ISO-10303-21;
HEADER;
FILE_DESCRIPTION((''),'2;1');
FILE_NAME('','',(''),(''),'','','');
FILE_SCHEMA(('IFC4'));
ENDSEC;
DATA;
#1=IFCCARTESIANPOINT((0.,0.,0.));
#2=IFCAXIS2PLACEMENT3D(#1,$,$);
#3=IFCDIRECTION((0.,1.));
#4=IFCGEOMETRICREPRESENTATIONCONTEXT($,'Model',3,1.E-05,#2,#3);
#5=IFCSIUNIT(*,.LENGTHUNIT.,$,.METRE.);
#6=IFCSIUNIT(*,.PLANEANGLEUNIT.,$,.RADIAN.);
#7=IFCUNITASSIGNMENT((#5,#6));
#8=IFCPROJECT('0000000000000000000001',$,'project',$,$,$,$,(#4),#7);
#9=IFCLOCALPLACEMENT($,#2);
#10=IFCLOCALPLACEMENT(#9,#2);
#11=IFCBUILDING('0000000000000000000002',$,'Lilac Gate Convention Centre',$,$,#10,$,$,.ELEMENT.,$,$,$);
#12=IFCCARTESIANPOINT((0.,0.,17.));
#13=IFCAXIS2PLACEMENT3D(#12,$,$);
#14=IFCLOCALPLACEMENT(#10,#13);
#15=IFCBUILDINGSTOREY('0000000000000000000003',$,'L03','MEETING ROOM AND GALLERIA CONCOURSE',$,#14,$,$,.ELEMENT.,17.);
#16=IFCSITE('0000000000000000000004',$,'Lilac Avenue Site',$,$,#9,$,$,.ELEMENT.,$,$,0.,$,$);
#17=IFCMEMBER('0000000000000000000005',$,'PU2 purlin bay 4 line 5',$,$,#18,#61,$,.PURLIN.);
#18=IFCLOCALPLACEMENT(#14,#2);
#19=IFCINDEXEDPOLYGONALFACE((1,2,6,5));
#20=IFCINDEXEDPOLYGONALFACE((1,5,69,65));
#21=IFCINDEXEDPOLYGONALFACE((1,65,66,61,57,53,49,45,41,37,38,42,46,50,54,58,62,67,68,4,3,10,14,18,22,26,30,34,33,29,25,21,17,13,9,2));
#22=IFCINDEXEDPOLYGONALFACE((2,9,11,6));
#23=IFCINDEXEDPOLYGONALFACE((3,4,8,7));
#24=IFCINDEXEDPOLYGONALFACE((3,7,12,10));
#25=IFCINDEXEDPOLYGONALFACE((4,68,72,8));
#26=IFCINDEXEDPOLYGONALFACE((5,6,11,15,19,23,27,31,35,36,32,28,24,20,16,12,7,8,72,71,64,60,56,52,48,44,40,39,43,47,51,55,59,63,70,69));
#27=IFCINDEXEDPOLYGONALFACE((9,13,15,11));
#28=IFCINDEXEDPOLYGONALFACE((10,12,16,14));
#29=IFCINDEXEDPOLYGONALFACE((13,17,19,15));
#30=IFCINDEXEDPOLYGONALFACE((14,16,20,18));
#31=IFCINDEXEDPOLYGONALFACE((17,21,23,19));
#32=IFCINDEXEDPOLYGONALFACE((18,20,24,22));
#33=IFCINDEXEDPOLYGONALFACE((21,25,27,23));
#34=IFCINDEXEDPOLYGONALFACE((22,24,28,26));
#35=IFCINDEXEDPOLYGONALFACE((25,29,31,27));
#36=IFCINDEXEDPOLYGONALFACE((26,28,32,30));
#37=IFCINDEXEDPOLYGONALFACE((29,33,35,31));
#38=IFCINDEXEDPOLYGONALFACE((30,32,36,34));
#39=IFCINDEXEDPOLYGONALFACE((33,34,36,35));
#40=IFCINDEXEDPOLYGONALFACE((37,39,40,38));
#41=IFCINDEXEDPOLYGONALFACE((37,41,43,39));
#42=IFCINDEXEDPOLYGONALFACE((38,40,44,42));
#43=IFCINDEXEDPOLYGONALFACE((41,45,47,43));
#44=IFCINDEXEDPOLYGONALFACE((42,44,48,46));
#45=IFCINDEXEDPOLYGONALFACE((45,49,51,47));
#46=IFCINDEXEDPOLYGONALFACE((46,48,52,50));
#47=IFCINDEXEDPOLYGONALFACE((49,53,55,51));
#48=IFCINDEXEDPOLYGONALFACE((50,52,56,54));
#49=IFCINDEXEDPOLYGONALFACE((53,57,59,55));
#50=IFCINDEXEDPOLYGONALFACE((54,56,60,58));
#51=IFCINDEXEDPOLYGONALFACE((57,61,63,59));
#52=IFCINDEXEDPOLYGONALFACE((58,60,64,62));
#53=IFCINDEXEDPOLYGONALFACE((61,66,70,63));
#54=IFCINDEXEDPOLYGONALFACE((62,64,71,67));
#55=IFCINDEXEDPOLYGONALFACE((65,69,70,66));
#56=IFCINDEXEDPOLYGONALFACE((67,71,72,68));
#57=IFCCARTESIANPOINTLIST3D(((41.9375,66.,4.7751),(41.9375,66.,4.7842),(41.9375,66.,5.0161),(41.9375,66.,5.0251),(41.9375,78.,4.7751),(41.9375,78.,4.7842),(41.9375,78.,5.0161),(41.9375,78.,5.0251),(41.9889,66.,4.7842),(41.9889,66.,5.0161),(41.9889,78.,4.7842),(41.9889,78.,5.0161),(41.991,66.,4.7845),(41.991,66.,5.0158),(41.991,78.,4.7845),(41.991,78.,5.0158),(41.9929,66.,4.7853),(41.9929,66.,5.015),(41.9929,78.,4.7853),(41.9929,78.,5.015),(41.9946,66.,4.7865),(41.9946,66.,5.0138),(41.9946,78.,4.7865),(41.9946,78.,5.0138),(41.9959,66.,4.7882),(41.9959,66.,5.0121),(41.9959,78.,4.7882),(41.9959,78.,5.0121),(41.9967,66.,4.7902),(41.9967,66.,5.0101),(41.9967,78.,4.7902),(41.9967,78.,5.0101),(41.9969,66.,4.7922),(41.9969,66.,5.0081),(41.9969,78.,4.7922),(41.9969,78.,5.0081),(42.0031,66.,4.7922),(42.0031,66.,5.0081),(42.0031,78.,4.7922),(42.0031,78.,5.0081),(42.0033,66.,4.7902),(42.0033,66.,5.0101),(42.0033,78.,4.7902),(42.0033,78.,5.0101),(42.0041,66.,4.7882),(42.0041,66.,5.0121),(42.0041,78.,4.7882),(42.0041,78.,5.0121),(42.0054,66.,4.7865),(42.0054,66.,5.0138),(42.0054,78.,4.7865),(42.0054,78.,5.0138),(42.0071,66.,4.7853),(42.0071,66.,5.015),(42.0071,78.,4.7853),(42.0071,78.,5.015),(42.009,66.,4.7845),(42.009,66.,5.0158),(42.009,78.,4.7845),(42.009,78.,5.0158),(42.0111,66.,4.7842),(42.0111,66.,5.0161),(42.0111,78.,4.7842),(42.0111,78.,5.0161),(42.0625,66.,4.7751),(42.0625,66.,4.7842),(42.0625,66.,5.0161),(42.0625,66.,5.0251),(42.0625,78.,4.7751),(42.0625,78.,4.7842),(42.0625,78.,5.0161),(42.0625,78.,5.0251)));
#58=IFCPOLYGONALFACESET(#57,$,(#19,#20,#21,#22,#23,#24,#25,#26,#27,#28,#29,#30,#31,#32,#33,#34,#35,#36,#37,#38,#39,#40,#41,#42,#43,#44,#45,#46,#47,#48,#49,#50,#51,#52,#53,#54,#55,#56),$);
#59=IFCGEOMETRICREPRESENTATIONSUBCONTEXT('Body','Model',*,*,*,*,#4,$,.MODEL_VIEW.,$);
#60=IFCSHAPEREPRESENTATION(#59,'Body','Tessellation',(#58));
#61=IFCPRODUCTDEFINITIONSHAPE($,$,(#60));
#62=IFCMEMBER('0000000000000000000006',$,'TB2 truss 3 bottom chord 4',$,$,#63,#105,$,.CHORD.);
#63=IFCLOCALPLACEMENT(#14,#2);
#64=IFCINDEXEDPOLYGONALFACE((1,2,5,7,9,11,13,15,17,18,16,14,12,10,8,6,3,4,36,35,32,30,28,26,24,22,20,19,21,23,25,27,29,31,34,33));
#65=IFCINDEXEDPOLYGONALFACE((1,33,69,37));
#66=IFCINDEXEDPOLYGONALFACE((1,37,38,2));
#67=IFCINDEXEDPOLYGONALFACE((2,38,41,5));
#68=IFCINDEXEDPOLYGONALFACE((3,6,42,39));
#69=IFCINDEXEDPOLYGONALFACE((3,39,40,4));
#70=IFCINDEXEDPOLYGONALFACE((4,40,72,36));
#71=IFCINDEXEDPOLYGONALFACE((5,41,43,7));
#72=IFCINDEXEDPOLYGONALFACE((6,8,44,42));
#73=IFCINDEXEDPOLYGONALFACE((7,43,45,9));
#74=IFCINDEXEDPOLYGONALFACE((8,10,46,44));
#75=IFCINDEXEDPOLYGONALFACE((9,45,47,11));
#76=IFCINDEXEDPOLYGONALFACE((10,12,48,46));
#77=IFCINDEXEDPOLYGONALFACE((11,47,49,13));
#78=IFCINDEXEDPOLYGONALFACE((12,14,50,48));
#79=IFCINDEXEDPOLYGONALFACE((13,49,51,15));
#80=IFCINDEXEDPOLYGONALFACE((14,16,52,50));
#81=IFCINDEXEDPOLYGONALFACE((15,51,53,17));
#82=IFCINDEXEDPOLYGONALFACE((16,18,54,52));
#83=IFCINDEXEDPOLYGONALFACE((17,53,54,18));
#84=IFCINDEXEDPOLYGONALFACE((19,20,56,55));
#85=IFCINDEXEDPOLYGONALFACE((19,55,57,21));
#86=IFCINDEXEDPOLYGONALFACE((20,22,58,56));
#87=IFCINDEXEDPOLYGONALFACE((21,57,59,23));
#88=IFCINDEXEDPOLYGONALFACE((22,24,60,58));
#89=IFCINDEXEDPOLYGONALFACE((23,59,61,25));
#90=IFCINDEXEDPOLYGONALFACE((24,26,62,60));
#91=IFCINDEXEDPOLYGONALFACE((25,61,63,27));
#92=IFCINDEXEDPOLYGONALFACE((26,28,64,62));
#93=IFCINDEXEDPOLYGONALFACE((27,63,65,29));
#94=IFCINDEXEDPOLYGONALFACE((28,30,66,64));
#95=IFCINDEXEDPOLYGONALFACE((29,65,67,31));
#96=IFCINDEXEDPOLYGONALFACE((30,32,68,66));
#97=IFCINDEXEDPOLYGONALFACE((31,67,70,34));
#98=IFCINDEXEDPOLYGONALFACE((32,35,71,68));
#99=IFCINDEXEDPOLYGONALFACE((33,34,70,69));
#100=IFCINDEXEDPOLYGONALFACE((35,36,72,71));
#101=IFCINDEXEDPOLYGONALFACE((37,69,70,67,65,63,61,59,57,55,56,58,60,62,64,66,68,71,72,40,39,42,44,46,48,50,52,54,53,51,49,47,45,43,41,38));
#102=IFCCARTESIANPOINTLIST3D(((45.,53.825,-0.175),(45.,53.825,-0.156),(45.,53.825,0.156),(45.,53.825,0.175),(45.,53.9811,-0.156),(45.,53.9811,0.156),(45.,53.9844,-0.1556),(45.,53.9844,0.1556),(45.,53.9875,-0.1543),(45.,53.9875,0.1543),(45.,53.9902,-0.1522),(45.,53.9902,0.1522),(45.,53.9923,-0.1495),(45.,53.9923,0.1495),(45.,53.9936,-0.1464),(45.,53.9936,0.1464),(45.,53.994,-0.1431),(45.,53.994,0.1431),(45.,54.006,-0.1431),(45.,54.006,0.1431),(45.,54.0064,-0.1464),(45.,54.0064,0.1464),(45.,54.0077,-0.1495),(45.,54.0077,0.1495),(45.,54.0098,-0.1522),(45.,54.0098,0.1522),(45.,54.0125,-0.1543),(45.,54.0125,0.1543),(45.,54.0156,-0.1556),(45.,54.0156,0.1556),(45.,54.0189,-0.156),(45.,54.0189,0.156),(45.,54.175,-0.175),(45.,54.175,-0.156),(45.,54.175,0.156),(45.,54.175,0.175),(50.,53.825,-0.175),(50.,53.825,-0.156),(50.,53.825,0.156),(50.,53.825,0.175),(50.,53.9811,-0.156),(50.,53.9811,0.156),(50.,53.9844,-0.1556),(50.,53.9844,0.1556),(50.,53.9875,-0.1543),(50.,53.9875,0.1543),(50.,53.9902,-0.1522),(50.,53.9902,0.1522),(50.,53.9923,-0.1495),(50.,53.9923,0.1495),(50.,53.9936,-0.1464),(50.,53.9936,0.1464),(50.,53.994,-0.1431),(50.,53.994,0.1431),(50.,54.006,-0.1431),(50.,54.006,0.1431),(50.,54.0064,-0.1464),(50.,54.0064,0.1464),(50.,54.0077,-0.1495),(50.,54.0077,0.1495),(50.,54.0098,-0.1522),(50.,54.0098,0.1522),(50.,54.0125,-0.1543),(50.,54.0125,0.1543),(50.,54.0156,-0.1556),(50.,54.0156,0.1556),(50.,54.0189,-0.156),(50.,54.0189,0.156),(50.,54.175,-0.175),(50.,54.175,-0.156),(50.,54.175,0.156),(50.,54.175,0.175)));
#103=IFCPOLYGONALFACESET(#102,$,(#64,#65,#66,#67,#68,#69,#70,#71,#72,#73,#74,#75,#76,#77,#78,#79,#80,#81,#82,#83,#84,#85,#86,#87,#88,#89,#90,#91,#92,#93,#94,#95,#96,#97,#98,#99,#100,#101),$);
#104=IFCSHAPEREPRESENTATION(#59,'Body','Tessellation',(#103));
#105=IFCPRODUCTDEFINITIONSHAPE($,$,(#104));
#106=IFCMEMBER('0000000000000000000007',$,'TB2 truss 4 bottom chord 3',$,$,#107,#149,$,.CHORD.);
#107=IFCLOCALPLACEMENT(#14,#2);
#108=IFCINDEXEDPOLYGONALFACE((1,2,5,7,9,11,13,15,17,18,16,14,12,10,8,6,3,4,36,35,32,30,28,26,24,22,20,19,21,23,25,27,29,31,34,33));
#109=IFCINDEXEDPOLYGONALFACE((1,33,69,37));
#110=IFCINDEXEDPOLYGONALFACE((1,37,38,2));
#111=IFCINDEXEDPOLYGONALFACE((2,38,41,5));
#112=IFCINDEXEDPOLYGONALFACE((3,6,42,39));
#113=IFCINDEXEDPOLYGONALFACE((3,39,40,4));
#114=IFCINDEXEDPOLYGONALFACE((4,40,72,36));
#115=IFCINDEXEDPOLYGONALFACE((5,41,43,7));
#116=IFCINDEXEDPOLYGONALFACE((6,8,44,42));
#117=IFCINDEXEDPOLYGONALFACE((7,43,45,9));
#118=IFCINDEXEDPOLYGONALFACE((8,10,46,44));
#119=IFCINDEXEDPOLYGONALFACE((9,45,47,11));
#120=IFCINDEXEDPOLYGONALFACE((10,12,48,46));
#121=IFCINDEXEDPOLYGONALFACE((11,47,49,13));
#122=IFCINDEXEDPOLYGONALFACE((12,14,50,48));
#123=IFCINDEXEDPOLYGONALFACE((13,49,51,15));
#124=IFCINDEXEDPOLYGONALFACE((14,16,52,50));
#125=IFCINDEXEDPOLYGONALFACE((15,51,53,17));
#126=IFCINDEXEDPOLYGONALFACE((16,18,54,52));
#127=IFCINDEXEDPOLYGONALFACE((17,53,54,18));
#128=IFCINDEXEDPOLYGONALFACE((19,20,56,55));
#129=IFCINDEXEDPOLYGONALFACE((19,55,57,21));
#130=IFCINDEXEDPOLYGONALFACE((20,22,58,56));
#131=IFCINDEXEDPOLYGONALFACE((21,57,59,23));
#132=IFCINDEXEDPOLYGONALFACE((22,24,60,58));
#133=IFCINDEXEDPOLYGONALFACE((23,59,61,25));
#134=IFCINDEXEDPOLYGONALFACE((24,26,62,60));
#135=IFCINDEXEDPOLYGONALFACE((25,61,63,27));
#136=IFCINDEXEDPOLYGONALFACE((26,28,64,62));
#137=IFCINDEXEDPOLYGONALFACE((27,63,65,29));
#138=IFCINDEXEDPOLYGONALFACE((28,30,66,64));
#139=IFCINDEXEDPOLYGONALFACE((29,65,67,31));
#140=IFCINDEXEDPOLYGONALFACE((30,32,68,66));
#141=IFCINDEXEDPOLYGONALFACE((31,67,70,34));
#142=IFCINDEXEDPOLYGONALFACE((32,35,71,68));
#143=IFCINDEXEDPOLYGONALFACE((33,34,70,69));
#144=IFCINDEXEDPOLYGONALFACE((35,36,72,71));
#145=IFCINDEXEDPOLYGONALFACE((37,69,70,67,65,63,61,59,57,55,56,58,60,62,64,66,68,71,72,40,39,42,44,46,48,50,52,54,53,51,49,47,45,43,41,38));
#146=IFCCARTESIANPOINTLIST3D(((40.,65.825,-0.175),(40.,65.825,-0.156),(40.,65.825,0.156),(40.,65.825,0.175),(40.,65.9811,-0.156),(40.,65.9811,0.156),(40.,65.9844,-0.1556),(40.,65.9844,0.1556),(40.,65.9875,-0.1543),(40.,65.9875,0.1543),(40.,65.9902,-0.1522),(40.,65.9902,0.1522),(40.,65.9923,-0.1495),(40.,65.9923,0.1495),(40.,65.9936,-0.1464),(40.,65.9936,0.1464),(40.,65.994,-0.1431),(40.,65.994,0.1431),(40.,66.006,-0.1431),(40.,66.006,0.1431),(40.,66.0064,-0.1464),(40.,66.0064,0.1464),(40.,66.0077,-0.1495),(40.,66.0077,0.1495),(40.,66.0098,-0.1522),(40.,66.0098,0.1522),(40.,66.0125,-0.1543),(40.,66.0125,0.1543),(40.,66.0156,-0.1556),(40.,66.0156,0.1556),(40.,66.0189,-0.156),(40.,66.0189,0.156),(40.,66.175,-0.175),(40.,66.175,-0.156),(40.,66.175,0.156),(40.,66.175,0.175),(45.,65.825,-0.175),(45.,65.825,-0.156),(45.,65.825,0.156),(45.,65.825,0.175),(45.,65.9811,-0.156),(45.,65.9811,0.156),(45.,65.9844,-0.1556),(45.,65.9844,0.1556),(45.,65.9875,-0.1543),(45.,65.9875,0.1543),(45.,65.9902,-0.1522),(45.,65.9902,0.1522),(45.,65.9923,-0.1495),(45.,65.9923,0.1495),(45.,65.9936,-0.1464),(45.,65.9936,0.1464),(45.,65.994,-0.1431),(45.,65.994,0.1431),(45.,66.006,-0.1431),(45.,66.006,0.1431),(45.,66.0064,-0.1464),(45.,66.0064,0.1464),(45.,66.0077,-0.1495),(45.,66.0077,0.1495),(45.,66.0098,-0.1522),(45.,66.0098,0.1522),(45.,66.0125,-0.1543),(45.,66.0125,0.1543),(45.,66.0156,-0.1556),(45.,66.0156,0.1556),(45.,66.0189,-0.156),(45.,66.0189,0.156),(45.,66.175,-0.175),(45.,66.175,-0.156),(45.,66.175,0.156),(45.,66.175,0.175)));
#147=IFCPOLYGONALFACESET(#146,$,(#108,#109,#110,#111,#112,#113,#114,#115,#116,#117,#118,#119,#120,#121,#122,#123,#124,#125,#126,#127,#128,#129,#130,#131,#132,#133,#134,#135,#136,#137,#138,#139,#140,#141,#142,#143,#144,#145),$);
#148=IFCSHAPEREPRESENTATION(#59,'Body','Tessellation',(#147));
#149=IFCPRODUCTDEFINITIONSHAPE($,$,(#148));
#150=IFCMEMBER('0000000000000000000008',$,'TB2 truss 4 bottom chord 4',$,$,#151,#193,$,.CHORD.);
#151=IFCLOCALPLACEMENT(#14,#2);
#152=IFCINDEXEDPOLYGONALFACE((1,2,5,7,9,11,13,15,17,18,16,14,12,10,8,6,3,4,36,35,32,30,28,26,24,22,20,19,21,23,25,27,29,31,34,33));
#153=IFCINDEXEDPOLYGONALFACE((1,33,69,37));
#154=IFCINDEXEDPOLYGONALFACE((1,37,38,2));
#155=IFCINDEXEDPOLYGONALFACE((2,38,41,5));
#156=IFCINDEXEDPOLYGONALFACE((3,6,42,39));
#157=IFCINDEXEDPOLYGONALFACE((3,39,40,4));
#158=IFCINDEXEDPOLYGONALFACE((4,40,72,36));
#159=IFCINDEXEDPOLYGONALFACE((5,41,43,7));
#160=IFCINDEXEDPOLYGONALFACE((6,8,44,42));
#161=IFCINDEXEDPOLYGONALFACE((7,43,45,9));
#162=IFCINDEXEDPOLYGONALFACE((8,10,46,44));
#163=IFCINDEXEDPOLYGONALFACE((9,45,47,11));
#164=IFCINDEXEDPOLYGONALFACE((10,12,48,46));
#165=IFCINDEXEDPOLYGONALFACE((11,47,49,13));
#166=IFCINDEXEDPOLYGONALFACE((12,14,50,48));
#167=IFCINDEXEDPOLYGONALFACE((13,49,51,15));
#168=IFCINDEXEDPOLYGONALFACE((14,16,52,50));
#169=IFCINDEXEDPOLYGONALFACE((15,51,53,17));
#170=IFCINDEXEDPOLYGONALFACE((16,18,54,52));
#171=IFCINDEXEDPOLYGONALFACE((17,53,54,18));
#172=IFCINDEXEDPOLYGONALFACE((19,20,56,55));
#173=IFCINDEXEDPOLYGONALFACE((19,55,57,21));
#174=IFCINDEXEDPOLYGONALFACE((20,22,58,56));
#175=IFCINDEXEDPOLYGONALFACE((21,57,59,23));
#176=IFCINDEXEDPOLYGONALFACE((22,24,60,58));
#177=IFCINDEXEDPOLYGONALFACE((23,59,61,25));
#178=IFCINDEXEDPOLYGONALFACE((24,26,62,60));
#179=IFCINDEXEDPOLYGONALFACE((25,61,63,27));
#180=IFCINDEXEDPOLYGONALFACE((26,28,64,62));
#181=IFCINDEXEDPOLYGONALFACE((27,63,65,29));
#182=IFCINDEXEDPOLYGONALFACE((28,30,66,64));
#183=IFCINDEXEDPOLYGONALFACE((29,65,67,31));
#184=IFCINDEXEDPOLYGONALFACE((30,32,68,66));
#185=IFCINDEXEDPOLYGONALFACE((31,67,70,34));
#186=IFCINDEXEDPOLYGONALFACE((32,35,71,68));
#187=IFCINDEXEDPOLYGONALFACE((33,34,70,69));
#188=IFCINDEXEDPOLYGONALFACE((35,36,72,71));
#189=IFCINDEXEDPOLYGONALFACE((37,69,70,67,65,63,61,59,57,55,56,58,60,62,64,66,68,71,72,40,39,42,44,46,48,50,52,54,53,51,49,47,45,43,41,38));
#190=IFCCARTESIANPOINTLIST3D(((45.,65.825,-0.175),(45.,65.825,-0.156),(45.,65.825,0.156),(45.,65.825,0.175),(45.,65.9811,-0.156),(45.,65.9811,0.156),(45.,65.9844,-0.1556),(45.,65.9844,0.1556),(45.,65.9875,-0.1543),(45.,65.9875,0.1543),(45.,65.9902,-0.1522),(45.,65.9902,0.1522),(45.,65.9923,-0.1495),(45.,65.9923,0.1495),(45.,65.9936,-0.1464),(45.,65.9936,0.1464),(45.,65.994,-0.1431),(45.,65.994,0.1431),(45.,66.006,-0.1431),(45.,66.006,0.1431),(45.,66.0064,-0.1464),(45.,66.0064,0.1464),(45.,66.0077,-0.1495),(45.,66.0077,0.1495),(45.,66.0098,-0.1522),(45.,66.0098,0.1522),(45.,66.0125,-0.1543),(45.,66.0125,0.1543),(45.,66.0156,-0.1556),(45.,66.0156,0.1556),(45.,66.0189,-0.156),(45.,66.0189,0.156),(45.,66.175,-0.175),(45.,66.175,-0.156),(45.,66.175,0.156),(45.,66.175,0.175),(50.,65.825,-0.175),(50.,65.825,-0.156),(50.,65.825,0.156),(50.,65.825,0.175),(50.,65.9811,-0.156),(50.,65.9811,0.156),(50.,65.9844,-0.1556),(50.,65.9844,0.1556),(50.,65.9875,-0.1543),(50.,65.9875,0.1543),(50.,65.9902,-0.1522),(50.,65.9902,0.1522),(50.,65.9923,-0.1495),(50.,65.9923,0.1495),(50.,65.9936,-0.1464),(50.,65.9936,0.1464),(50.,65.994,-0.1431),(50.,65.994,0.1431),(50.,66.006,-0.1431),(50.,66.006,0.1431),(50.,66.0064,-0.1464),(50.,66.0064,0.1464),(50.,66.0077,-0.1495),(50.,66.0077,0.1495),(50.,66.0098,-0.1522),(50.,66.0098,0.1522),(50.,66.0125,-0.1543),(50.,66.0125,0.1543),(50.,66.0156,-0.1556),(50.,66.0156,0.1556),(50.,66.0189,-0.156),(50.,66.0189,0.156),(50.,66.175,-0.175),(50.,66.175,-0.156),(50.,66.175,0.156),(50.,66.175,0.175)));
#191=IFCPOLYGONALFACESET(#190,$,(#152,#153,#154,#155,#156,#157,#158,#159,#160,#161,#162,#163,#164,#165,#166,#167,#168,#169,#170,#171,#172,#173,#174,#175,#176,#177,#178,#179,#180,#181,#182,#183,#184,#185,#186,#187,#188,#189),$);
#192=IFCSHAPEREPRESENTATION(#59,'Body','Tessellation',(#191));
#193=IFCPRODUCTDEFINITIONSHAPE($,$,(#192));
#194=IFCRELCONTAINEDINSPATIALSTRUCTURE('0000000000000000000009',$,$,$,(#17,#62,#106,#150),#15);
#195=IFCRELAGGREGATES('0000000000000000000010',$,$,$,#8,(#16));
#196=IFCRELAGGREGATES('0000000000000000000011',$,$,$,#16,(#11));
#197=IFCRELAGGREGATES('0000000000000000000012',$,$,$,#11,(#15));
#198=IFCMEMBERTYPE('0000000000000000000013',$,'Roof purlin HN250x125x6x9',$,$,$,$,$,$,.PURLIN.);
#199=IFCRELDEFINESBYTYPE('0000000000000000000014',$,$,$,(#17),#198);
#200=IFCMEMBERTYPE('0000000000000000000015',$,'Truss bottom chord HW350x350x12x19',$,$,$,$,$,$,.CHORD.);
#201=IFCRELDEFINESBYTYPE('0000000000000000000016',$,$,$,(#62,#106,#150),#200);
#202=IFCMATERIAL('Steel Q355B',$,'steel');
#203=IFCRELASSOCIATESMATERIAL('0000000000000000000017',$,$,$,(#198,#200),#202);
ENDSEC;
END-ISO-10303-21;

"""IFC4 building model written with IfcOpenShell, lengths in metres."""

from ifc_helpers import new_model, si_unit, direction, frame, origin, origin_2d, place, context, subcontext, project, spatial, i_section, extrude, material, material_profile, profile_set, type_object, element, save


model = new_model("IFC4")

# Units and contexts
model_context = context("Model", 3, precision=1e-05, world=origin(), true_north=direction((0.0, 1.0)))
body_context = subcontext(model_context, "Body", "Model", "MODEL_VIEW")
ifc_project = project(units=[si_unit("LENGTHUNIT", "METRE"), si_unit("PLANEANGLEUNIT", "RADIAN")], contexts=[model_context])

# Site, building, storey
site_placement = place(None, origin())
site = spatial("IfcSite", under=ifc_project, at=site_placement, Name="Lilac Avenue Site", CompositionType="ELEMENT", RefElevation=0.0)
building_placement = place(site_placement, origin())
building = spatial("IfcBuilding", under=site, at=building_placement, Name="Lilac Gate Convention Centre", CompositionType="ELEMENT")
storey_placement = place(building_placement, frame((0.0, 0.0, 17.0)))
storey = spatial("IfcBuildingStorey", under=building, at=storey_placement, Name="L03", Description="MEETING ROOM AND GALLERIA CONCOURSE", CompositionType="ELEMENT", Elevation=17.0)

# Members
ifc_material = material(Name="Steel Q355B", Category="steel")
ifc_material_profile_1 = material_profile(ifc_material, i_section(OverallWidth=0.125, OverallDepth=0.25, WebThickness=0.0061, FlangeThickness=0.009, FilletRadius=0.0081, at=origin_2d()), Name="HN250x125x6x9")
ifc_profile_set_1 = profile_set([ifc_material_profile_1], Name="Steel Q355B")
member_type_1 = type_object("IfcMemberType", Name="Roof purlin HN250x125x6x9", PredefinedType="PURLIN", material=ifc_profile_set_1)
for number, where, z_axis, x_axis, name in (
    (1, (42.0, 66.0, 4.9001), (0.0, 1.0, 0.0), (-1.0, 0.0, 0.0), "PU2 purlin bay 4 line 5"),
):
    element("IfcMember", number, at=place(storey_placement, frame(where, z_axis=z_axis, x_axis=x_axis)), inside=storey, type_object=member_type_1, Name=name, PredefinedType="PURLIN", context=body_context, shape_type="SweptSolid", body=[
        extrude(i_section(OverallWidth=0.125, OverallDepth=0.25, WebThickness=0.0061, FlangeThickness=0.009, FilletRadius=0.0081, at=origin_2d()), origin(), (0.0, 0.0, 1.0), 12.0),
    ])
ifc_material_profile_2 = material_profile(ifc_material, i_section(OverallWidth=0.3501, OverallDepth=0.3501, WebThickness=0.012, FlangeThickness=0.019, FilletRadius=0.0129, at=origin_2d()), Name="HW350x350x12x19")
ifc_profile_set_2 = profile_set([ifc_material_profile_2], Name="Steel Q355B")
member_type_2 = type_object("IfcMemberType", Name="Truss bottom chord HW350x350x12x19", PredefinedType="CHORD", material=ifc_profile_set_2)
for number, where, z_axis, x_axis, name in (
    (2, (45.0, 54.0, 0.0), (1.0, 0.0, 0.0), (0.0, 1.0, 0.0), "TB2 truss 3 bottom chord 4"),
    (3, (40.0, 66.0, 0.0), (1.0, 0.0, 0.0), (0.0, 1.0, 0.0), "TB2 truss 4 bottom chord 3"),
    (4, (45.0, 66.0, 0.0), (1.0, 0.0, 0.0), (0.0, 1.0, 0.0), "TB2 truss 4 bottom chord 4"),
):
    element("IfcMember", number, at=place(storey_placement, frame(where, z_axis=z_axis, x_axis=x_axis)), inside=storey, type_object=member_type_2, Name=name, PredefinedType="CHORD", context=body_context, shape_type="SweptSolid", body=[
        extrude(i_section(OverallWidth=0.3501, OverallDepth=0.3501, WebThickness=0.012, FlangeThickness=0.019, FilletRadius=0.0129, at=origin_2d()), origin(), (0.0, 0.0, 1.0), 5.0),
    ])

save(model, "model.ifc")
